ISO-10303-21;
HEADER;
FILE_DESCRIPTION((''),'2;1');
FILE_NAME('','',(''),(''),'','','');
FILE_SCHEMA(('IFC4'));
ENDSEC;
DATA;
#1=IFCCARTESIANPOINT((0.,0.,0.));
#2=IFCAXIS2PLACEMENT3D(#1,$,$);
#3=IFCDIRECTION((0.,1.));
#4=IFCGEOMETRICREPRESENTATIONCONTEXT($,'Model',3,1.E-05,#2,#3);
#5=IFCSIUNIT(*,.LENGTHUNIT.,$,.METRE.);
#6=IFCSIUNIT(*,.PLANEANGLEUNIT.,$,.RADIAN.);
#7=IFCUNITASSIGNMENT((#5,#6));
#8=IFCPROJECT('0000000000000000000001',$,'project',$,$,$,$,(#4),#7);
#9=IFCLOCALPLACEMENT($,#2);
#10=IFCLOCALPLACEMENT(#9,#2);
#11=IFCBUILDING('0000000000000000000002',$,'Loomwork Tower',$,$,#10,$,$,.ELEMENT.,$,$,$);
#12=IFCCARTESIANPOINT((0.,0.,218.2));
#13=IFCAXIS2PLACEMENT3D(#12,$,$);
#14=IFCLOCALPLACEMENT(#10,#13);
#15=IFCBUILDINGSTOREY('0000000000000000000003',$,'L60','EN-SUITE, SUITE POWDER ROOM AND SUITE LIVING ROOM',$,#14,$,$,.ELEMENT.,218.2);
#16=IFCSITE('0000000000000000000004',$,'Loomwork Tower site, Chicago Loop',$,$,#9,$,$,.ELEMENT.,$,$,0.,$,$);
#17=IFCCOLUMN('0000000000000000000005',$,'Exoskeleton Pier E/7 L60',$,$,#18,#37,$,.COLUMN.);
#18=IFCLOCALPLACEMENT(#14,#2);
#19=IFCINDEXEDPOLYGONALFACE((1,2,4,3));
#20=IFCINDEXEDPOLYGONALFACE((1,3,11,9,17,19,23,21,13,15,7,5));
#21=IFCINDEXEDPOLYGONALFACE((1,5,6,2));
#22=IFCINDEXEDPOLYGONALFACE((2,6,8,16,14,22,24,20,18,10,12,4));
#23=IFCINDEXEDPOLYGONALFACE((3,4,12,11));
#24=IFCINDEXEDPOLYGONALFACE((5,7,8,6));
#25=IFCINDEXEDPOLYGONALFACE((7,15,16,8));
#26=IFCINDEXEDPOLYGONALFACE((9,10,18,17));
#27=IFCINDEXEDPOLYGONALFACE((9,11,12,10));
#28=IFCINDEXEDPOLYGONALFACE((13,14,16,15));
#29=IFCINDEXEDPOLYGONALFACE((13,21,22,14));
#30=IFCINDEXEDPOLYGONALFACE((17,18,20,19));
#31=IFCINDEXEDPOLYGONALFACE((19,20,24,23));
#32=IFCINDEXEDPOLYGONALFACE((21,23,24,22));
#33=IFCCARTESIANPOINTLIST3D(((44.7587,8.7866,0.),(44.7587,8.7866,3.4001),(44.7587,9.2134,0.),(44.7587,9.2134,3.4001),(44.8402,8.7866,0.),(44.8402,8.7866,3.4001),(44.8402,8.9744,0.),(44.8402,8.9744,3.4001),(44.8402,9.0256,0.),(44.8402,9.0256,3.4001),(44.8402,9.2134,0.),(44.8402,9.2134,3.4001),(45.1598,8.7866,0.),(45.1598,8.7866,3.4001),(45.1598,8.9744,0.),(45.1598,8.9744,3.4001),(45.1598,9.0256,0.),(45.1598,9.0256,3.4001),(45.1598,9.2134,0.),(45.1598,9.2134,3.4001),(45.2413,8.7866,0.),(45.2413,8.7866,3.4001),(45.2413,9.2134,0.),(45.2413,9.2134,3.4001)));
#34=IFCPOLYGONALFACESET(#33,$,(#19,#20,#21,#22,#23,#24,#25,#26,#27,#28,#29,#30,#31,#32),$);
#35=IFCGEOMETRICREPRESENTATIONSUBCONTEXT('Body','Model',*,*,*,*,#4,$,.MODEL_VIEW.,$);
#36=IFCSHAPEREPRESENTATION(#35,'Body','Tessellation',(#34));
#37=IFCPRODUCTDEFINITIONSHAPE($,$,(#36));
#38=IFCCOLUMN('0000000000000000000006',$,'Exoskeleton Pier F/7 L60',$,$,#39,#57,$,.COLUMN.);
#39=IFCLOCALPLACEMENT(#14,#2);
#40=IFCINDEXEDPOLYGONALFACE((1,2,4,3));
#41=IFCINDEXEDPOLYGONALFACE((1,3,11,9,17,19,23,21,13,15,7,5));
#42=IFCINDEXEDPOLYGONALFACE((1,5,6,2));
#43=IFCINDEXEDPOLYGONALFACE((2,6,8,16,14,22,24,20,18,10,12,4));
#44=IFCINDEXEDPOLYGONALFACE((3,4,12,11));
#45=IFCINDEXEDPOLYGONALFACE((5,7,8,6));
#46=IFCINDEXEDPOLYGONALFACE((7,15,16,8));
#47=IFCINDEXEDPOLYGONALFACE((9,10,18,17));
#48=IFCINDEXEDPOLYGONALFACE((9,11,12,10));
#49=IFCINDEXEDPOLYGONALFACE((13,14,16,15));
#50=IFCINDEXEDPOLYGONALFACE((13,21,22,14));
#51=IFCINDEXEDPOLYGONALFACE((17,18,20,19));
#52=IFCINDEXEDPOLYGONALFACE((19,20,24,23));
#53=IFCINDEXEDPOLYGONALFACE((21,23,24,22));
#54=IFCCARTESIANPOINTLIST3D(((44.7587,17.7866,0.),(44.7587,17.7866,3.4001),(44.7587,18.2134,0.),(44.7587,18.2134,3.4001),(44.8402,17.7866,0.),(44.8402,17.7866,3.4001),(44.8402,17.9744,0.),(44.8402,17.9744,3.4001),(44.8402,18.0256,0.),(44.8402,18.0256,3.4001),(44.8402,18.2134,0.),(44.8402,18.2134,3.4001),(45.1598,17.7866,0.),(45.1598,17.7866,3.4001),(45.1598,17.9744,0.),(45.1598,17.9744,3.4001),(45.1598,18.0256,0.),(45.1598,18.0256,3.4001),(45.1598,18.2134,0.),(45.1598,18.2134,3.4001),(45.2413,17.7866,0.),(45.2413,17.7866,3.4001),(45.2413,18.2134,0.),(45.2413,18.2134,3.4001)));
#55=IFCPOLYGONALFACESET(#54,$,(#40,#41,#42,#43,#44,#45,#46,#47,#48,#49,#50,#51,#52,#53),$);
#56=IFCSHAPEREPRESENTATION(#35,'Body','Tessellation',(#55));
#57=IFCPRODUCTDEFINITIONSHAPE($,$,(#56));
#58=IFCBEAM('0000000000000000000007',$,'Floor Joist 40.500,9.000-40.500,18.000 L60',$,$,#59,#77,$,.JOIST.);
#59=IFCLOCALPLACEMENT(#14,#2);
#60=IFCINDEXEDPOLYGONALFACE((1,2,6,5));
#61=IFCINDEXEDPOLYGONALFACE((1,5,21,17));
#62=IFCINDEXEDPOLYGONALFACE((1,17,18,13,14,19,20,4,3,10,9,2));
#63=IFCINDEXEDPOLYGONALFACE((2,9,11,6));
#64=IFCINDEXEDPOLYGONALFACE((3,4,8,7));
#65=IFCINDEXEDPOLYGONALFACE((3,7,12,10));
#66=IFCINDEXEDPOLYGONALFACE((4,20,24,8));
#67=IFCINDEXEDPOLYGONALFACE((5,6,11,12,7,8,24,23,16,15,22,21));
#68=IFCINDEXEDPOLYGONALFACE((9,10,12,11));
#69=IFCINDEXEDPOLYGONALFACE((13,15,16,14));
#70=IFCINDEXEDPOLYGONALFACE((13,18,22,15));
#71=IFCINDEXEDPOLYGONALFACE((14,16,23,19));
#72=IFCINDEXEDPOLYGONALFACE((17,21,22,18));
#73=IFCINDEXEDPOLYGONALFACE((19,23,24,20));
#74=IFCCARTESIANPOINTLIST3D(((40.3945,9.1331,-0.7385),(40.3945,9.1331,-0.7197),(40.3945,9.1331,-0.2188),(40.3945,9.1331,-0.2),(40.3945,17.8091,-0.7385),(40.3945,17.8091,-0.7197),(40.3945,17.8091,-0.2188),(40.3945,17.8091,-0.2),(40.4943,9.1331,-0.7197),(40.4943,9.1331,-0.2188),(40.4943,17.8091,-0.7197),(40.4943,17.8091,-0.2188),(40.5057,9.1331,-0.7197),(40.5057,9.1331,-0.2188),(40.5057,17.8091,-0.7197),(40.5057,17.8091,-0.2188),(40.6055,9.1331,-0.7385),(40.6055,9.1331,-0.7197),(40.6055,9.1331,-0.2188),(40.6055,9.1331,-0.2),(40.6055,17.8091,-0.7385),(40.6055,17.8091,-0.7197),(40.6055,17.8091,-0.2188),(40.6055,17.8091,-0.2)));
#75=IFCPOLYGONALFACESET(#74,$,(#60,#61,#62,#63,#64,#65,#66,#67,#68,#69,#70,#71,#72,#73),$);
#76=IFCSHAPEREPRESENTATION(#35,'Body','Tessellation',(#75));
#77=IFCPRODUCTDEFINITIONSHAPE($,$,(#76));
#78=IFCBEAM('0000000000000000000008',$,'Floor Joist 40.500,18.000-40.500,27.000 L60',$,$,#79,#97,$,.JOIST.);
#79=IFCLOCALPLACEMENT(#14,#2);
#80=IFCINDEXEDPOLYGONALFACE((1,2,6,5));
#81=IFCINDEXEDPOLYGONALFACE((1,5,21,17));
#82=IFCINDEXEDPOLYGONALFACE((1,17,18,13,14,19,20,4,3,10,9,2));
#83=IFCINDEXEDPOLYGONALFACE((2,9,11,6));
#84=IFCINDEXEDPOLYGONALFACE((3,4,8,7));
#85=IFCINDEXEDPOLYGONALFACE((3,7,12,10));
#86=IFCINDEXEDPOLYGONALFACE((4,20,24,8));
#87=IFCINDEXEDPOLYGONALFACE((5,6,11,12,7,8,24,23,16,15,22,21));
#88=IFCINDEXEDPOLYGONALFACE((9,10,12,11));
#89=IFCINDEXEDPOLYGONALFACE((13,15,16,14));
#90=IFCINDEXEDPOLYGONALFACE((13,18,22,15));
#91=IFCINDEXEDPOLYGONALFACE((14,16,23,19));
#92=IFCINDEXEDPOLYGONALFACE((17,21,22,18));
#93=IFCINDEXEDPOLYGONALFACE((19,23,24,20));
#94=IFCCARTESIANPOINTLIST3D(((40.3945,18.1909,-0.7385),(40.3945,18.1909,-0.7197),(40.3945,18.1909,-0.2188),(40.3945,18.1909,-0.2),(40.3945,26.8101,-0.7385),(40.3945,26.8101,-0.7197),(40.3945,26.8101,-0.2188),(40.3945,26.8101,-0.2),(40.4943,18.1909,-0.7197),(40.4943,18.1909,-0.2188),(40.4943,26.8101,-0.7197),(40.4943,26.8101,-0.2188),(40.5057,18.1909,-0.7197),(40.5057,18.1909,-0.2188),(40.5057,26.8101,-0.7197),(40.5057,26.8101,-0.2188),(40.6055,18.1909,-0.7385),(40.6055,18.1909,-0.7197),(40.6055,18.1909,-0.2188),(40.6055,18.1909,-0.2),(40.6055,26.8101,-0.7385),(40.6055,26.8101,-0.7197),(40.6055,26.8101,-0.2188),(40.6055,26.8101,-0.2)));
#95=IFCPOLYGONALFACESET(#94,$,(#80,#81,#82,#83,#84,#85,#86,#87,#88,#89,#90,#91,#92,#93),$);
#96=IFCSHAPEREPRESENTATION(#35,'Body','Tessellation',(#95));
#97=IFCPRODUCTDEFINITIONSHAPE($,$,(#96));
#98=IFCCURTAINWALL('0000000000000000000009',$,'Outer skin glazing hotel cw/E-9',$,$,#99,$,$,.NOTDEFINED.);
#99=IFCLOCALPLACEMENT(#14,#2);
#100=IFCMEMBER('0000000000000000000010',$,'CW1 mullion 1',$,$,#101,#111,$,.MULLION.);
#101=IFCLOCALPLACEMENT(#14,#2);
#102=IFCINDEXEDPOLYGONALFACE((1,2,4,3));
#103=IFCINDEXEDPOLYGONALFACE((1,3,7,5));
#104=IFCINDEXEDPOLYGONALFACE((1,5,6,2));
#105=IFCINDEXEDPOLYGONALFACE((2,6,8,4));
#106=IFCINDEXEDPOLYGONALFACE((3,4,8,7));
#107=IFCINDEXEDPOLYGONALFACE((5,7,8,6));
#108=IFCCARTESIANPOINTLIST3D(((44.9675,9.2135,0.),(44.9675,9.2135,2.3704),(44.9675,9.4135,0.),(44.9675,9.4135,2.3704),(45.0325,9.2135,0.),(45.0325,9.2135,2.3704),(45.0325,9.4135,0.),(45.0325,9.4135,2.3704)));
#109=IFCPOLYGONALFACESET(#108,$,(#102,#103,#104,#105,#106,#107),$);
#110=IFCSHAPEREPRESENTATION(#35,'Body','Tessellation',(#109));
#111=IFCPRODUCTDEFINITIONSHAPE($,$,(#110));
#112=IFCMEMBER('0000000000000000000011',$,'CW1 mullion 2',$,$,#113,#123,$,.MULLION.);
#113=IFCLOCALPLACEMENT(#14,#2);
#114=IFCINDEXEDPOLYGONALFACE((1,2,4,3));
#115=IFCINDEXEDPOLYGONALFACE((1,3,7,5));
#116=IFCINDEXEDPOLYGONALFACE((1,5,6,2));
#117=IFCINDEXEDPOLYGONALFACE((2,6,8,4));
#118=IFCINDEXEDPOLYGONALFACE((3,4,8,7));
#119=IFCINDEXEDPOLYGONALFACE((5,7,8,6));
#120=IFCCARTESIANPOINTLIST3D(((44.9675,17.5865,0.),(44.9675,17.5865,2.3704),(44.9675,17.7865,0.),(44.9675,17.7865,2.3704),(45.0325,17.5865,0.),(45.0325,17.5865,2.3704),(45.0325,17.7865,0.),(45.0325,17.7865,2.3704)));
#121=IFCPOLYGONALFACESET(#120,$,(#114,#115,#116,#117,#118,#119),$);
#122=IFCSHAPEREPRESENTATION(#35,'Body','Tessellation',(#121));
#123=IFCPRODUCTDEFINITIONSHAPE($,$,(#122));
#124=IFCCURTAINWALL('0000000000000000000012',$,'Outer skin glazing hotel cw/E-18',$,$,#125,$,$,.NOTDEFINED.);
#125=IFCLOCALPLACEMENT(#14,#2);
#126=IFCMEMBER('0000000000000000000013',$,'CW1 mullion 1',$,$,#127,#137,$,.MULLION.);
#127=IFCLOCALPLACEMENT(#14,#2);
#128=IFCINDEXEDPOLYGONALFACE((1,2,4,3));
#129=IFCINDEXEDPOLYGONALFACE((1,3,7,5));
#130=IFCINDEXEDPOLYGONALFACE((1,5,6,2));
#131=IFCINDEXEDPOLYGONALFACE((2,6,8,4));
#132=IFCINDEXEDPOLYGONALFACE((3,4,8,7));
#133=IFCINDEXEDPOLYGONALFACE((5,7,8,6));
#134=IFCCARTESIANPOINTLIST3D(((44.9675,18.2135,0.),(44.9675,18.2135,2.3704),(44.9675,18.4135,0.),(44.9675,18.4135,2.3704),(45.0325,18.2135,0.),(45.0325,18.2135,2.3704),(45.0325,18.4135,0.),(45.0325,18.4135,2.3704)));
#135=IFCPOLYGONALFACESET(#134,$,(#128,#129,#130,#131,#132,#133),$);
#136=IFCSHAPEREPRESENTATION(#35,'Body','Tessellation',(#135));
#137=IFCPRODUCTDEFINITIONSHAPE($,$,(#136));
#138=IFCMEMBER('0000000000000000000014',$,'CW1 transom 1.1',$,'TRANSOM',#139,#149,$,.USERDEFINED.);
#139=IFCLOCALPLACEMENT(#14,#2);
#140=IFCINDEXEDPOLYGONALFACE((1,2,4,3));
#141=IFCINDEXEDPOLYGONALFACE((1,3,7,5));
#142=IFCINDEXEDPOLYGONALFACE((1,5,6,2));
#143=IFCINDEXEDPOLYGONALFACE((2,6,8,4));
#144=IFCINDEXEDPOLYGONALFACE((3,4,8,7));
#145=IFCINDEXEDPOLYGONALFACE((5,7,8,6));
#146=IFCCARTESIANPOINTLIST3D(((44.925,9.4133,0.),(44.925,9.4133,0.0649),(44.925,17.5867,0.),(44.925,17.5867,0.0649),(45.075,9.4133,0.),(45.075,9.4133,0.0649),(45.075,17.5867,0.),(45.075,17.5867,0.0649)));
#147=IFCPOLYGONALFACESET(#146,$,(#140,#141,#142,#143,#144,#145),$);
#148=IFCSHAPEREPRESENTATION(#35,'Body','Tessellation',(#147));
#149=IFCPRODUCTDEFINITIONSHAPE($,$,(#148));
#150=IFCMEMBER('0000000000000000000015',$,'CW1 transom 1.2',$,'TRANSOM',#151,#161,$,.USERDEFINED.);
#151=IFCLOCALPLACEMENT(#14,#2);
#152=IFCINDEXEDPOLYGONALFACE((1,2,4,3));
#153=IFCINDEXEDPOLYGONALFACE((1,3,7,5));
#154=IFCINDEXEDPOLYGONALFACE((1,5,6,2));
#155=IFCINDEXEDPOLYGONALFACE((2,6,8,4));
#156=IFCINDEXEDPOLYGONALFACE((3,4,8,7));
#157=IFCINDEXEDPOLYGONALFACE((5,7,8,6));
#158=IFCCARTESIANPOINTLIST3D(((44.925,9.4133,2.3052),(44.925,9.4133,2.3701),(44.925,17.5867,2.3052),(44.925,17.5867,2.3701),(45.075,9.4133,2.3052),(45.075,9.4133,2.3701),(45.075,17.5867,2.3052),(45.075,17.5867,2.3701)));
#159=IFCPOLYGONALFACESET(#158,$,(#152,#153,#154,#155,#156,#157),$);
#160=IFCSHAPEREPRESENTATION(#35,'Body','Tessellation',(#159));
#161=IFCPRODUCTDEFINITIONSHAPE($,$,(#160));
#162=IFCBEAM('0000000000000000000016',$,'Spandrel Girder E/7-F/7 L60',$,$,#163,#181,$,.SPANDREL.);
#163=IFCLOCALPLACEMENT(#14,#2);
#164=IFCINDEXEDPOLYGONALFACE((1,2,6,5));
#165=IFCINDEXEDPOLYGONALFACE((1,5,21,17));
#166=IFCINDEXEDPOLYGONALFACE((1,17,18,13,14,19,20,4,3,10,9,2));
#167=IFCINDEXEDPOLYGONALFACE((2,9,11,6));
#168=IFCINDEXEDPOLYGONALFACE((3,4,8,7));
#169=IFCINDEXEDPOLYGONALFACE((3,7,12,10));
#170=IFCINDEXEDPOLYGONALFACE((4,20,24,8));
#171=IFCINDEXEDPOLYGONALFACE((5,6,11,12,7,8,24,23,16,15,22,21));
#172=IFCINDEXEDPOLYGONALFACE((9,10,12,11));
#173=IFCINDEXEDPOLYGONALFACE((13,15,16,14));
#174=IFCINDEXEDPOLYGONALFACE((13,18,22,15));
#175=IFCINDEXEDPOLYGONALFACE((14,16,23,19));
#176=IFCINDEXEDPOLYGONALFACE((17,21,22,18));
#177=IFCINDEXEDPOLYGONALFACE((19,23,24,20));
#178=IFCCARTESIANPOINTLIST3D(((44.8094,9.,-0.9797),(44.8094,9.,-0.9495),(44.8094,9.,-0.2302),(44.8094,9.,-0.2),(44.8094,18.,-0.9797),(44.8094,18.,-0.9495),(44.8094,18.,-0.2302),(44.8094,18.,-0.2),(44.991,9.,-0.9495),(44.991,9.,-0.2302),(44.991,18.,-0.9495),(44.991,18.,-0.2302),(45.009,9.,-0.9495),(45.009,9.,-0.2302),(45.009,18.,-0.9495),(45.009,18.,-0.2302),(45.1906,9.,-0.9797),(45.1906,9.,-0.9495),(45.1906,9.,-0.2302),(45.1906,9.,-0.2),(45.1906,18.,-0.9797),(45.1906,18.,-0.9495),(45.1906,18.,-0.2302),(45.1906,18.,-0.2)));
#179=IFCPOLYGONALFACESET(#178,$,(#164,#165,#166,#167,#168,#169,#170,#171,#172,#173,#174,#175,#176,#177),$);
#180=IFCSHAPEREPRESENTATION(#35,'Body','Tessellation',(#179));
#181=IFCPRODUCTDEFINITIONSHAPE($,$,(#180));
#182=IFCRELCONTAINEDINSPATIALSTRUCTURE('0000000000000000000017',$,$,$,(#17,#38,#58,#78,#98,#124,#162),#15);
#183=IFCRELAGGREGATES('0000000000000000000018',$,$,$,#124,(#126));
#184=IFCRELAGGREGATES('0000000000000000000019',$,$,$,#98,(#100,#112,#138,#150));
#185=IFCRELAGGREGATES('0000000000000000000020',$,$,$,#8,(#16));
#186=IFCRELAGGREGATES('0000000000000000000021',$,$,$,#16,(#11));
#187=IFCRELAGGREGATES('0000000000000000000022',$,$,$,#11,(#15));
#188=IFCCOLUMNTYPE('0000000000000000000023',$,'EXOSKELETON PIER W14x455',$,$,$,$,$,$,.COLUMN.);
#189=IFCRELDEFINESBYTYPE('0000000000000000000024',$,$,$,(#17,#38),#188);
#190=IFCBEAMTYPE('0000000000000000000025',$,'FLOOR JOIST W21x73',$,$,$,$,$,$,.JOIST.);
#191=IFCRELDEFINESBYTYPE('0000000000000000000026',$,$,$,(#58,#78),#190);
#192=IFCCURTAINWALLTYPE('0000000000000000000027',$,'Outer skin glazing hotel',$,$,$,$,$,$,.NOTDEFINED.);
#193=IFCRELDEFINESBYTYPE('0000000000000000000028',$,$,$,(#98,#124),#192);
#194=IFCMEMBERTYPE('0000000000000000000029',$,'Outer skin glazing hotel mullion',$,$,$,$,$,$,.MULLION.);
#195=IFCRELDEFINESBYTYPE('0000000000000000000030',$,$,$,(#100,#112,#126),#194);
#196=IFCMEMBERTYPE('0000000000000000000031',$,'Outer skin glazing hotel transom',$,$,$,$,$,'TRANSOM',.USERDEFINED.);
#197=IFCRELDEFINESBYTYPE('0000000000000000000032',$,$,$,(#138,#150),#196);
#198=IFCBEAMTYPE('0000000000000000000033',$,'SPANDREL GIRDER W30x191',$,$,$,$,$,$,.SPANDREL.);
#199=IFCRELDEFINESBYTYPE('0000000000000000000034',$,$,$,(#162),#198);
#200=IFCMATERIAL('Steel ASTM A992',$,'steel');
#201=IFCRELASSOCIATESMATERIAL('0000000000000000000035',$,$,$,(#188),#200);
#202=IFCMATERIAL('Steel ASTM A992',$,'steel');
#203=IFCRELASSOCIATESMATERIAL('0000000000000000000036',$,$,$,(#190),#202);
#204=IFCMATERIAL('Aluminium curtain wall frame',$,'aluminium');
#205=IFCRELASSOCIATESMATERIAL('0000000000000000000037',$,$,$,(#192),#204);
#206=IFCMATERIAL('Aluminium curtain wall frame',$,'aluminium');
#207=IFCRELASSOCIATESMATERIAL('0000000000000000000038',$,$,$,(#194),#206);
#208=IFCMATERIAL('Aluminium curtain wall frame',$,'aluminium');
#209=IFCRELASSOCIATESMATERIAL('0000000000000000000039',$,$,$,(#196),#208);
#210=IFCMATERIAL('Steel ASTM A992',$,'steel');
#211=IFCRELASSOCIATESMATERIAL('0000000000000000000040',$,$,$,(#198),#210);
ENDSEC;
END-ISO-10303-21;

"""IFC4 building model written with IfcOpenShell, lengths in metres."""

from ifc_helpers import new_model, si_unit, direction, frame, origin, origin_2d, place, context, subcontext, project, spatial, rectangle, i_section, extrude, material, material_profile, profile_set, type_object, element, aggregate, save


model = new_model("IFC4")

# Units and contexts
model_context = context("Model", 3, precision=1e-05, world=origin(), true_north=direction((0.0, 1.0)))
body_context = subcontext(model_context, "Body", "Model", "MODEL_VIEW")
ifc_project = project(units=[si_unit("LENGTHUNIT", "METRE"), si_unit("PLANEANGLEUNIT", "RADIAN")], contexts=[model_context])

# Site, building, storey
site_placement = place(None, origin())
site = spatial("IfcSite", under=ifc_project, at=site_placement, Name="Loomwork Tower site, Chicago Loop", CompositionType="ELEMENT", RefElevation=0.0)
building_placement = place(site_placement, origin())
building = spatial("IfcBuilding", under=site, at=building_placement, Name="Loomwork Tower", CompositionType="ELEMENT")
storey_placement = place(building_placement, frame((0.0, 0.0, 218.2)))
storey = spatial("IfcBuildingStorey", under=building, at=storey_placement, Name="L60", Description="EN-SUITE, SUITE POWDER ROOM AND SUITE LIVING ROOM", CompositionType="ELEMENT", Elevation=218.2)

# Columns
ifc_material_1 = material(Name="Steel ASTM A992", Category="steel")
ifc_material_profile_1 = material_profile(ifc_material_1, i_section(OverallWidth=0.4268, OverallDepth=0.4827, WebThickness=0.0513, FlangeThickness=0.0815, at=origin_2d()), Name="W14x455")
ifc_profile_set_1 = profile_set([ifc_material_profile_1], Name="Steel ASTM A992")
column_type = type_object("IfcColumnType", Name="EXOSKELETON PIER W14x455", PredefinedType="COLUMN", material=ifc_profile_set_1)
for number, where, z_axis, x_axis, name in (
    (1, (45.0, 9.0, 0.0), (0.0, 0.0, 1.0), (0.0, 1.0, 0.0), "Exoskeleton Pier E/7 L60"),
    (2, (45.0, 18.0, 0.0), (0.0, 0.0, 1.0), (0.0, 1.0, 0.0), "Exoskeleton Pier F/7 L60"),
):
    element("IfcColumn", number, at=place(storey_placement, frame(where, z_axis=z_axis, x_axis=x_axis)), inside=storey, type_object=column_type, Name=name, PredefinedType="COLUMN", context=body_context, shape_type="SweptSolid", body=[
        extrude(i_section(OverallWidth=0.4268, OverallDepth=0.4827, WebThickness=0.0513, FlangeThickness=0.0815, at=origin_2d()), origin(), (0.0, 0.0, 1.0), 3.4001),
    ])

# Beams
ifc_material_2 = material(Name="Steel ASTM A992", Category="steel")
ifc_material_profile_2 = material_profile(ifc_material_2, i_section(OverallWidth=0.2109, OverallDepth=0.5386, WebThickness=0.0115, FlangeThickness=0.0188, at=origin_2d()), Name="W21x73")
ifc_profile_set_2 = profile_set([ifc_material_profile_2], Name="Steel ASTM A992")
beam_type_1 = type_object("IfcBeamType", Name="FLOOR JOIST W21x73", PredefinedType="JOIST", material=ifc_profile_set_2)
beam_1_placement = place(storey_placement, frame((40.5, 9.1331, -0.4692), z_axis=(0.0, 1.0, 0.0), x_axis=(-1.0, 0.0, 0.0)))
element("IfcBeam", 3, at=beam_1_placement, inside=storey, type_object=beam_type_1, Name="Floor Joist 40.500,9.000-40.500,18.000 L60", PredefinedType="JOIST", context=body_context, shape_type="SweptSolid", body=[
    extrude(i_section(OverallWidth=0.2109, OverallDepth=0.5386, WebThickness=0.0115, FlangeThickness=0.0188, at=origin_2d()), origin(), (0.0, 0.0, 1.0), 8.676),
])
beam_2_placement = place(storey_placement, frame((40.5, 18.1909, -0.4692), z_axis=(0.0, 1.0, 0.0), x_axis=(-1.0, 0.0, 0.0)))
element("IfcBeam", 4, at=beam_2_placement, inside=storey, type_object=beam_type_1, Name="Floor Joist 40.500,18.000-40.500,27.000 L60", PredefinedType="JOIST", context=body_context, shape_type="SweptSolid", body=[
    extrude(i_section(OverallWidth=0.2109, OverallDepth=0.5386, WebThickness=0.0115, FlangeThickness=0.0188, at=origin_2d()), origin(), (0.0, 0.0, 1.0), 8.6191),
])

# Curtain wall, members
ifc_material_3 = material(Name="Aluminium curtain wall frame", Category="aluminium")
curtain_wall_type = type_object("IfcCurtainWallType", Name="Outer skin glazing hotel", PredefinedType="NOTDEFINED", material=ifc_material_3)
curtain_wall_1_placement = place(storey_placement, origin())
curtain_wall_1 = element("IfcCurtainWall", 5, at=curtain_wall_1_placement, inside=storey, type_object=curtain_wall_type, Name="Outer skin glazing hotel cw/E-9", PredefinedType="NOTDEFINED")
ifc_material_4 = material(Name="Aluminium curtain wall frame", Category="aluminium")
ifc_material_profile_3 = material_profile(ifc_material_4, rectangle(XDim=0.0649, YDim=0.2, at=origin_2d()), Name="AL 65x200")
ifc_profile_set_3 = profile_set([ifc_material_profile_3], Name="Aluminium curtain wall frame")
member_type_1 = type_object("IfcMemberType", Name="Outer skin glazing hotel mullion", PredefinedType="MULLION", material=ifc_profile_set_3)
member_1_placement = place(storey_placement, frame((45.0, 9.3135, 0.0), z_axis=(0.0, 0.0, 1.0), x_axis=(-1.0, 0.0, 0.0)))
member_1 = element("IfcMember", 6, at=member_1_placement, type_object=member_type_1, Name="CW1 mullion 1", PredefinedType="MULLION", context=body_context, shape_type="SweptSolid", body=[
    extrude(rectangle(XDim=0.0649, YDim=0.2, at=origin_2d()), origin(), (0.0, 0.0, 1.0), 2.3704),
])
member_2_placement = place(storey_placement, frame((45.0, 17.6865, 0.0), z_axis=(0.0, 0.0, 1.0), x_axis=(-1.0, 0.0, 0.0)))
member_2 = element("IfcMember", 7, at=member_2_placement, type_object=member_type_1, Name="CW1 mullion 2", PredefinedType="MULLION", context=body_context, shape_type="SweptSolid", body=[
    extrude(rectangle(XDim=0.0649, YDim=0.2, at=origin_2d()), origin(), (0.0, 0.0, 1.0), 2.3704),
])

# Curtain wall, member
curtain_wall_2_placement = place(storey_placement, origin())
curtain_wall_2 = element("IfcCurtainWall", 8, at=curtain_wall_2_placement, inside=storey, type_object=curtain_wall_type, Name="Outer skin glazing hotel cw/E-18", PredefinedType="NOTDEFINED")
member_3_placement = place(storey_placement, frame((45.0, 18.3135, 0.0), z_axis=(0.0, 0.0, 1.0), x_axis=(-1.0, 0.0, 0.0)))
member_3 = element("IfcMember", 9, at=member_3_placement, type_object=member_type_1, Name="CW1 mullion 1", PredefinedType="MULLION", context=body_context, shape_type="SweptSolid", body=[
    extrude(rectangle(XDim=0.0649, YDim=0.2, at=origin_2d()), origin(), (0.0, 0.0, 1.0), 2.3704),
])
aggregate(curtain_wall_2, [member_3])

# Members
ifc_material_5 = material(Name="Aluminium curtain wall frame", Category="aluminium")
ifc_material_profile_4 = material_profile(ifc_material_5, rectangle(XDim=0.1499, YDim=0.0649, at=origin_2d()), Name="AL 65x150")
ifc_profile_set_4 = profile_set([ifc_material_profile_4], Name="Aluminium curtain wall frame")
member_type_2 = type_object("IfcMemberType", Name="Outer skin glazing hotel transom", ElementType="TRANSOM", PredefinedType="USERDEFINED", material=ifc_profile_set_4)
member_4_placement = place(storey_placement, frame((45.0, 9.4133, 0.0325), z_axis=(0.0, 1.0, 0.0), x_axis=(-1.0, 0.0, 0.0)))
member_4 = element("IfcMember", 10, at=member_4_placement, type_object=member_type_2, Name="CW1 transom 1.1", ObjectType="TRANSOM", PredefinedType="USERDEFINED", context=body_context, shape_type="SweptSolid", body=[
    extrude(rectangle(XDim=0.1499, YDim=0.0649, at=origin_2d()), origin(), (0.0, 0.0, 1.0), 8.1733),
])
member_5_placement = place(storey_placement, frame((45.0, 9.4133, 2.3376), z_axis=(0.0, 1.0, 0.0), x_axis=(-1.0, 0.0, 0.0)))
member_5 = element("IfcMember", 11, at=member_5_placement, type_object=member_type_2, Name="CW1 transom 1.2", ObjectType="TRANSOM", PredefinedType="USERDEFINED", context=body_context, shape_type="SweptSolid", body=[
    extrude(rectangle(XDim=0.1499, YDim=0.0649, at=origin_2d()), origin(), (0.0, 0.0, 1.0), 8.1733),
])

# Beam
ifc_material_6 = material(Name="Steel ASTM A992", Category="steel")
ifc_material_profile_5 = material_profile(ifc_material_6, i_section(OverallWidth=0.3811, OverallDepth=0.7798, WebThickness=0.0181, FlangeThickness=0.0303, at=origin_2d()), Name="W30x191")
ifc_profile_set_5 = profile_set([ifc_material_profile_5], Name="Steel ASTM A992")
beam_type_2 = type_object("IfcBeamType", Name="SPANDREL GIRDER W30x191", PredefinedType="SPANDREL", material=ifc_profile_set_5)
for number, where, z_axis, x_axis, name in (
    (12, (45.0, 9.0, -0.5898), (0.0, 1.0, 0.0), (-1.0, 0.0, 0.0), "Spandrel Girder E/7-F/7 L60"),
):
    element("IfcBeam", number, at=place(storey_placement, frame(where, z_axis=z_axis, x_axis=x_axis)), inside=storey, type_object=beam_type_2, Name=name, PredefinedType="SPANDREL", context=body_context, shape_type="SweptSolid", body=[
        extrude(i_section(OverallWidth=0.3811, OverallDepth=0.7798, WebThickness=0.0181, FlangeThickness=0.0303, at=origin_2d()), origin(), (0.0, 0.0, 1.0), 9.0),
    ])

aggregate(curtain_wall_1, [member_1, member_2, member_4, member_5])

save(model, "model.ifc")
